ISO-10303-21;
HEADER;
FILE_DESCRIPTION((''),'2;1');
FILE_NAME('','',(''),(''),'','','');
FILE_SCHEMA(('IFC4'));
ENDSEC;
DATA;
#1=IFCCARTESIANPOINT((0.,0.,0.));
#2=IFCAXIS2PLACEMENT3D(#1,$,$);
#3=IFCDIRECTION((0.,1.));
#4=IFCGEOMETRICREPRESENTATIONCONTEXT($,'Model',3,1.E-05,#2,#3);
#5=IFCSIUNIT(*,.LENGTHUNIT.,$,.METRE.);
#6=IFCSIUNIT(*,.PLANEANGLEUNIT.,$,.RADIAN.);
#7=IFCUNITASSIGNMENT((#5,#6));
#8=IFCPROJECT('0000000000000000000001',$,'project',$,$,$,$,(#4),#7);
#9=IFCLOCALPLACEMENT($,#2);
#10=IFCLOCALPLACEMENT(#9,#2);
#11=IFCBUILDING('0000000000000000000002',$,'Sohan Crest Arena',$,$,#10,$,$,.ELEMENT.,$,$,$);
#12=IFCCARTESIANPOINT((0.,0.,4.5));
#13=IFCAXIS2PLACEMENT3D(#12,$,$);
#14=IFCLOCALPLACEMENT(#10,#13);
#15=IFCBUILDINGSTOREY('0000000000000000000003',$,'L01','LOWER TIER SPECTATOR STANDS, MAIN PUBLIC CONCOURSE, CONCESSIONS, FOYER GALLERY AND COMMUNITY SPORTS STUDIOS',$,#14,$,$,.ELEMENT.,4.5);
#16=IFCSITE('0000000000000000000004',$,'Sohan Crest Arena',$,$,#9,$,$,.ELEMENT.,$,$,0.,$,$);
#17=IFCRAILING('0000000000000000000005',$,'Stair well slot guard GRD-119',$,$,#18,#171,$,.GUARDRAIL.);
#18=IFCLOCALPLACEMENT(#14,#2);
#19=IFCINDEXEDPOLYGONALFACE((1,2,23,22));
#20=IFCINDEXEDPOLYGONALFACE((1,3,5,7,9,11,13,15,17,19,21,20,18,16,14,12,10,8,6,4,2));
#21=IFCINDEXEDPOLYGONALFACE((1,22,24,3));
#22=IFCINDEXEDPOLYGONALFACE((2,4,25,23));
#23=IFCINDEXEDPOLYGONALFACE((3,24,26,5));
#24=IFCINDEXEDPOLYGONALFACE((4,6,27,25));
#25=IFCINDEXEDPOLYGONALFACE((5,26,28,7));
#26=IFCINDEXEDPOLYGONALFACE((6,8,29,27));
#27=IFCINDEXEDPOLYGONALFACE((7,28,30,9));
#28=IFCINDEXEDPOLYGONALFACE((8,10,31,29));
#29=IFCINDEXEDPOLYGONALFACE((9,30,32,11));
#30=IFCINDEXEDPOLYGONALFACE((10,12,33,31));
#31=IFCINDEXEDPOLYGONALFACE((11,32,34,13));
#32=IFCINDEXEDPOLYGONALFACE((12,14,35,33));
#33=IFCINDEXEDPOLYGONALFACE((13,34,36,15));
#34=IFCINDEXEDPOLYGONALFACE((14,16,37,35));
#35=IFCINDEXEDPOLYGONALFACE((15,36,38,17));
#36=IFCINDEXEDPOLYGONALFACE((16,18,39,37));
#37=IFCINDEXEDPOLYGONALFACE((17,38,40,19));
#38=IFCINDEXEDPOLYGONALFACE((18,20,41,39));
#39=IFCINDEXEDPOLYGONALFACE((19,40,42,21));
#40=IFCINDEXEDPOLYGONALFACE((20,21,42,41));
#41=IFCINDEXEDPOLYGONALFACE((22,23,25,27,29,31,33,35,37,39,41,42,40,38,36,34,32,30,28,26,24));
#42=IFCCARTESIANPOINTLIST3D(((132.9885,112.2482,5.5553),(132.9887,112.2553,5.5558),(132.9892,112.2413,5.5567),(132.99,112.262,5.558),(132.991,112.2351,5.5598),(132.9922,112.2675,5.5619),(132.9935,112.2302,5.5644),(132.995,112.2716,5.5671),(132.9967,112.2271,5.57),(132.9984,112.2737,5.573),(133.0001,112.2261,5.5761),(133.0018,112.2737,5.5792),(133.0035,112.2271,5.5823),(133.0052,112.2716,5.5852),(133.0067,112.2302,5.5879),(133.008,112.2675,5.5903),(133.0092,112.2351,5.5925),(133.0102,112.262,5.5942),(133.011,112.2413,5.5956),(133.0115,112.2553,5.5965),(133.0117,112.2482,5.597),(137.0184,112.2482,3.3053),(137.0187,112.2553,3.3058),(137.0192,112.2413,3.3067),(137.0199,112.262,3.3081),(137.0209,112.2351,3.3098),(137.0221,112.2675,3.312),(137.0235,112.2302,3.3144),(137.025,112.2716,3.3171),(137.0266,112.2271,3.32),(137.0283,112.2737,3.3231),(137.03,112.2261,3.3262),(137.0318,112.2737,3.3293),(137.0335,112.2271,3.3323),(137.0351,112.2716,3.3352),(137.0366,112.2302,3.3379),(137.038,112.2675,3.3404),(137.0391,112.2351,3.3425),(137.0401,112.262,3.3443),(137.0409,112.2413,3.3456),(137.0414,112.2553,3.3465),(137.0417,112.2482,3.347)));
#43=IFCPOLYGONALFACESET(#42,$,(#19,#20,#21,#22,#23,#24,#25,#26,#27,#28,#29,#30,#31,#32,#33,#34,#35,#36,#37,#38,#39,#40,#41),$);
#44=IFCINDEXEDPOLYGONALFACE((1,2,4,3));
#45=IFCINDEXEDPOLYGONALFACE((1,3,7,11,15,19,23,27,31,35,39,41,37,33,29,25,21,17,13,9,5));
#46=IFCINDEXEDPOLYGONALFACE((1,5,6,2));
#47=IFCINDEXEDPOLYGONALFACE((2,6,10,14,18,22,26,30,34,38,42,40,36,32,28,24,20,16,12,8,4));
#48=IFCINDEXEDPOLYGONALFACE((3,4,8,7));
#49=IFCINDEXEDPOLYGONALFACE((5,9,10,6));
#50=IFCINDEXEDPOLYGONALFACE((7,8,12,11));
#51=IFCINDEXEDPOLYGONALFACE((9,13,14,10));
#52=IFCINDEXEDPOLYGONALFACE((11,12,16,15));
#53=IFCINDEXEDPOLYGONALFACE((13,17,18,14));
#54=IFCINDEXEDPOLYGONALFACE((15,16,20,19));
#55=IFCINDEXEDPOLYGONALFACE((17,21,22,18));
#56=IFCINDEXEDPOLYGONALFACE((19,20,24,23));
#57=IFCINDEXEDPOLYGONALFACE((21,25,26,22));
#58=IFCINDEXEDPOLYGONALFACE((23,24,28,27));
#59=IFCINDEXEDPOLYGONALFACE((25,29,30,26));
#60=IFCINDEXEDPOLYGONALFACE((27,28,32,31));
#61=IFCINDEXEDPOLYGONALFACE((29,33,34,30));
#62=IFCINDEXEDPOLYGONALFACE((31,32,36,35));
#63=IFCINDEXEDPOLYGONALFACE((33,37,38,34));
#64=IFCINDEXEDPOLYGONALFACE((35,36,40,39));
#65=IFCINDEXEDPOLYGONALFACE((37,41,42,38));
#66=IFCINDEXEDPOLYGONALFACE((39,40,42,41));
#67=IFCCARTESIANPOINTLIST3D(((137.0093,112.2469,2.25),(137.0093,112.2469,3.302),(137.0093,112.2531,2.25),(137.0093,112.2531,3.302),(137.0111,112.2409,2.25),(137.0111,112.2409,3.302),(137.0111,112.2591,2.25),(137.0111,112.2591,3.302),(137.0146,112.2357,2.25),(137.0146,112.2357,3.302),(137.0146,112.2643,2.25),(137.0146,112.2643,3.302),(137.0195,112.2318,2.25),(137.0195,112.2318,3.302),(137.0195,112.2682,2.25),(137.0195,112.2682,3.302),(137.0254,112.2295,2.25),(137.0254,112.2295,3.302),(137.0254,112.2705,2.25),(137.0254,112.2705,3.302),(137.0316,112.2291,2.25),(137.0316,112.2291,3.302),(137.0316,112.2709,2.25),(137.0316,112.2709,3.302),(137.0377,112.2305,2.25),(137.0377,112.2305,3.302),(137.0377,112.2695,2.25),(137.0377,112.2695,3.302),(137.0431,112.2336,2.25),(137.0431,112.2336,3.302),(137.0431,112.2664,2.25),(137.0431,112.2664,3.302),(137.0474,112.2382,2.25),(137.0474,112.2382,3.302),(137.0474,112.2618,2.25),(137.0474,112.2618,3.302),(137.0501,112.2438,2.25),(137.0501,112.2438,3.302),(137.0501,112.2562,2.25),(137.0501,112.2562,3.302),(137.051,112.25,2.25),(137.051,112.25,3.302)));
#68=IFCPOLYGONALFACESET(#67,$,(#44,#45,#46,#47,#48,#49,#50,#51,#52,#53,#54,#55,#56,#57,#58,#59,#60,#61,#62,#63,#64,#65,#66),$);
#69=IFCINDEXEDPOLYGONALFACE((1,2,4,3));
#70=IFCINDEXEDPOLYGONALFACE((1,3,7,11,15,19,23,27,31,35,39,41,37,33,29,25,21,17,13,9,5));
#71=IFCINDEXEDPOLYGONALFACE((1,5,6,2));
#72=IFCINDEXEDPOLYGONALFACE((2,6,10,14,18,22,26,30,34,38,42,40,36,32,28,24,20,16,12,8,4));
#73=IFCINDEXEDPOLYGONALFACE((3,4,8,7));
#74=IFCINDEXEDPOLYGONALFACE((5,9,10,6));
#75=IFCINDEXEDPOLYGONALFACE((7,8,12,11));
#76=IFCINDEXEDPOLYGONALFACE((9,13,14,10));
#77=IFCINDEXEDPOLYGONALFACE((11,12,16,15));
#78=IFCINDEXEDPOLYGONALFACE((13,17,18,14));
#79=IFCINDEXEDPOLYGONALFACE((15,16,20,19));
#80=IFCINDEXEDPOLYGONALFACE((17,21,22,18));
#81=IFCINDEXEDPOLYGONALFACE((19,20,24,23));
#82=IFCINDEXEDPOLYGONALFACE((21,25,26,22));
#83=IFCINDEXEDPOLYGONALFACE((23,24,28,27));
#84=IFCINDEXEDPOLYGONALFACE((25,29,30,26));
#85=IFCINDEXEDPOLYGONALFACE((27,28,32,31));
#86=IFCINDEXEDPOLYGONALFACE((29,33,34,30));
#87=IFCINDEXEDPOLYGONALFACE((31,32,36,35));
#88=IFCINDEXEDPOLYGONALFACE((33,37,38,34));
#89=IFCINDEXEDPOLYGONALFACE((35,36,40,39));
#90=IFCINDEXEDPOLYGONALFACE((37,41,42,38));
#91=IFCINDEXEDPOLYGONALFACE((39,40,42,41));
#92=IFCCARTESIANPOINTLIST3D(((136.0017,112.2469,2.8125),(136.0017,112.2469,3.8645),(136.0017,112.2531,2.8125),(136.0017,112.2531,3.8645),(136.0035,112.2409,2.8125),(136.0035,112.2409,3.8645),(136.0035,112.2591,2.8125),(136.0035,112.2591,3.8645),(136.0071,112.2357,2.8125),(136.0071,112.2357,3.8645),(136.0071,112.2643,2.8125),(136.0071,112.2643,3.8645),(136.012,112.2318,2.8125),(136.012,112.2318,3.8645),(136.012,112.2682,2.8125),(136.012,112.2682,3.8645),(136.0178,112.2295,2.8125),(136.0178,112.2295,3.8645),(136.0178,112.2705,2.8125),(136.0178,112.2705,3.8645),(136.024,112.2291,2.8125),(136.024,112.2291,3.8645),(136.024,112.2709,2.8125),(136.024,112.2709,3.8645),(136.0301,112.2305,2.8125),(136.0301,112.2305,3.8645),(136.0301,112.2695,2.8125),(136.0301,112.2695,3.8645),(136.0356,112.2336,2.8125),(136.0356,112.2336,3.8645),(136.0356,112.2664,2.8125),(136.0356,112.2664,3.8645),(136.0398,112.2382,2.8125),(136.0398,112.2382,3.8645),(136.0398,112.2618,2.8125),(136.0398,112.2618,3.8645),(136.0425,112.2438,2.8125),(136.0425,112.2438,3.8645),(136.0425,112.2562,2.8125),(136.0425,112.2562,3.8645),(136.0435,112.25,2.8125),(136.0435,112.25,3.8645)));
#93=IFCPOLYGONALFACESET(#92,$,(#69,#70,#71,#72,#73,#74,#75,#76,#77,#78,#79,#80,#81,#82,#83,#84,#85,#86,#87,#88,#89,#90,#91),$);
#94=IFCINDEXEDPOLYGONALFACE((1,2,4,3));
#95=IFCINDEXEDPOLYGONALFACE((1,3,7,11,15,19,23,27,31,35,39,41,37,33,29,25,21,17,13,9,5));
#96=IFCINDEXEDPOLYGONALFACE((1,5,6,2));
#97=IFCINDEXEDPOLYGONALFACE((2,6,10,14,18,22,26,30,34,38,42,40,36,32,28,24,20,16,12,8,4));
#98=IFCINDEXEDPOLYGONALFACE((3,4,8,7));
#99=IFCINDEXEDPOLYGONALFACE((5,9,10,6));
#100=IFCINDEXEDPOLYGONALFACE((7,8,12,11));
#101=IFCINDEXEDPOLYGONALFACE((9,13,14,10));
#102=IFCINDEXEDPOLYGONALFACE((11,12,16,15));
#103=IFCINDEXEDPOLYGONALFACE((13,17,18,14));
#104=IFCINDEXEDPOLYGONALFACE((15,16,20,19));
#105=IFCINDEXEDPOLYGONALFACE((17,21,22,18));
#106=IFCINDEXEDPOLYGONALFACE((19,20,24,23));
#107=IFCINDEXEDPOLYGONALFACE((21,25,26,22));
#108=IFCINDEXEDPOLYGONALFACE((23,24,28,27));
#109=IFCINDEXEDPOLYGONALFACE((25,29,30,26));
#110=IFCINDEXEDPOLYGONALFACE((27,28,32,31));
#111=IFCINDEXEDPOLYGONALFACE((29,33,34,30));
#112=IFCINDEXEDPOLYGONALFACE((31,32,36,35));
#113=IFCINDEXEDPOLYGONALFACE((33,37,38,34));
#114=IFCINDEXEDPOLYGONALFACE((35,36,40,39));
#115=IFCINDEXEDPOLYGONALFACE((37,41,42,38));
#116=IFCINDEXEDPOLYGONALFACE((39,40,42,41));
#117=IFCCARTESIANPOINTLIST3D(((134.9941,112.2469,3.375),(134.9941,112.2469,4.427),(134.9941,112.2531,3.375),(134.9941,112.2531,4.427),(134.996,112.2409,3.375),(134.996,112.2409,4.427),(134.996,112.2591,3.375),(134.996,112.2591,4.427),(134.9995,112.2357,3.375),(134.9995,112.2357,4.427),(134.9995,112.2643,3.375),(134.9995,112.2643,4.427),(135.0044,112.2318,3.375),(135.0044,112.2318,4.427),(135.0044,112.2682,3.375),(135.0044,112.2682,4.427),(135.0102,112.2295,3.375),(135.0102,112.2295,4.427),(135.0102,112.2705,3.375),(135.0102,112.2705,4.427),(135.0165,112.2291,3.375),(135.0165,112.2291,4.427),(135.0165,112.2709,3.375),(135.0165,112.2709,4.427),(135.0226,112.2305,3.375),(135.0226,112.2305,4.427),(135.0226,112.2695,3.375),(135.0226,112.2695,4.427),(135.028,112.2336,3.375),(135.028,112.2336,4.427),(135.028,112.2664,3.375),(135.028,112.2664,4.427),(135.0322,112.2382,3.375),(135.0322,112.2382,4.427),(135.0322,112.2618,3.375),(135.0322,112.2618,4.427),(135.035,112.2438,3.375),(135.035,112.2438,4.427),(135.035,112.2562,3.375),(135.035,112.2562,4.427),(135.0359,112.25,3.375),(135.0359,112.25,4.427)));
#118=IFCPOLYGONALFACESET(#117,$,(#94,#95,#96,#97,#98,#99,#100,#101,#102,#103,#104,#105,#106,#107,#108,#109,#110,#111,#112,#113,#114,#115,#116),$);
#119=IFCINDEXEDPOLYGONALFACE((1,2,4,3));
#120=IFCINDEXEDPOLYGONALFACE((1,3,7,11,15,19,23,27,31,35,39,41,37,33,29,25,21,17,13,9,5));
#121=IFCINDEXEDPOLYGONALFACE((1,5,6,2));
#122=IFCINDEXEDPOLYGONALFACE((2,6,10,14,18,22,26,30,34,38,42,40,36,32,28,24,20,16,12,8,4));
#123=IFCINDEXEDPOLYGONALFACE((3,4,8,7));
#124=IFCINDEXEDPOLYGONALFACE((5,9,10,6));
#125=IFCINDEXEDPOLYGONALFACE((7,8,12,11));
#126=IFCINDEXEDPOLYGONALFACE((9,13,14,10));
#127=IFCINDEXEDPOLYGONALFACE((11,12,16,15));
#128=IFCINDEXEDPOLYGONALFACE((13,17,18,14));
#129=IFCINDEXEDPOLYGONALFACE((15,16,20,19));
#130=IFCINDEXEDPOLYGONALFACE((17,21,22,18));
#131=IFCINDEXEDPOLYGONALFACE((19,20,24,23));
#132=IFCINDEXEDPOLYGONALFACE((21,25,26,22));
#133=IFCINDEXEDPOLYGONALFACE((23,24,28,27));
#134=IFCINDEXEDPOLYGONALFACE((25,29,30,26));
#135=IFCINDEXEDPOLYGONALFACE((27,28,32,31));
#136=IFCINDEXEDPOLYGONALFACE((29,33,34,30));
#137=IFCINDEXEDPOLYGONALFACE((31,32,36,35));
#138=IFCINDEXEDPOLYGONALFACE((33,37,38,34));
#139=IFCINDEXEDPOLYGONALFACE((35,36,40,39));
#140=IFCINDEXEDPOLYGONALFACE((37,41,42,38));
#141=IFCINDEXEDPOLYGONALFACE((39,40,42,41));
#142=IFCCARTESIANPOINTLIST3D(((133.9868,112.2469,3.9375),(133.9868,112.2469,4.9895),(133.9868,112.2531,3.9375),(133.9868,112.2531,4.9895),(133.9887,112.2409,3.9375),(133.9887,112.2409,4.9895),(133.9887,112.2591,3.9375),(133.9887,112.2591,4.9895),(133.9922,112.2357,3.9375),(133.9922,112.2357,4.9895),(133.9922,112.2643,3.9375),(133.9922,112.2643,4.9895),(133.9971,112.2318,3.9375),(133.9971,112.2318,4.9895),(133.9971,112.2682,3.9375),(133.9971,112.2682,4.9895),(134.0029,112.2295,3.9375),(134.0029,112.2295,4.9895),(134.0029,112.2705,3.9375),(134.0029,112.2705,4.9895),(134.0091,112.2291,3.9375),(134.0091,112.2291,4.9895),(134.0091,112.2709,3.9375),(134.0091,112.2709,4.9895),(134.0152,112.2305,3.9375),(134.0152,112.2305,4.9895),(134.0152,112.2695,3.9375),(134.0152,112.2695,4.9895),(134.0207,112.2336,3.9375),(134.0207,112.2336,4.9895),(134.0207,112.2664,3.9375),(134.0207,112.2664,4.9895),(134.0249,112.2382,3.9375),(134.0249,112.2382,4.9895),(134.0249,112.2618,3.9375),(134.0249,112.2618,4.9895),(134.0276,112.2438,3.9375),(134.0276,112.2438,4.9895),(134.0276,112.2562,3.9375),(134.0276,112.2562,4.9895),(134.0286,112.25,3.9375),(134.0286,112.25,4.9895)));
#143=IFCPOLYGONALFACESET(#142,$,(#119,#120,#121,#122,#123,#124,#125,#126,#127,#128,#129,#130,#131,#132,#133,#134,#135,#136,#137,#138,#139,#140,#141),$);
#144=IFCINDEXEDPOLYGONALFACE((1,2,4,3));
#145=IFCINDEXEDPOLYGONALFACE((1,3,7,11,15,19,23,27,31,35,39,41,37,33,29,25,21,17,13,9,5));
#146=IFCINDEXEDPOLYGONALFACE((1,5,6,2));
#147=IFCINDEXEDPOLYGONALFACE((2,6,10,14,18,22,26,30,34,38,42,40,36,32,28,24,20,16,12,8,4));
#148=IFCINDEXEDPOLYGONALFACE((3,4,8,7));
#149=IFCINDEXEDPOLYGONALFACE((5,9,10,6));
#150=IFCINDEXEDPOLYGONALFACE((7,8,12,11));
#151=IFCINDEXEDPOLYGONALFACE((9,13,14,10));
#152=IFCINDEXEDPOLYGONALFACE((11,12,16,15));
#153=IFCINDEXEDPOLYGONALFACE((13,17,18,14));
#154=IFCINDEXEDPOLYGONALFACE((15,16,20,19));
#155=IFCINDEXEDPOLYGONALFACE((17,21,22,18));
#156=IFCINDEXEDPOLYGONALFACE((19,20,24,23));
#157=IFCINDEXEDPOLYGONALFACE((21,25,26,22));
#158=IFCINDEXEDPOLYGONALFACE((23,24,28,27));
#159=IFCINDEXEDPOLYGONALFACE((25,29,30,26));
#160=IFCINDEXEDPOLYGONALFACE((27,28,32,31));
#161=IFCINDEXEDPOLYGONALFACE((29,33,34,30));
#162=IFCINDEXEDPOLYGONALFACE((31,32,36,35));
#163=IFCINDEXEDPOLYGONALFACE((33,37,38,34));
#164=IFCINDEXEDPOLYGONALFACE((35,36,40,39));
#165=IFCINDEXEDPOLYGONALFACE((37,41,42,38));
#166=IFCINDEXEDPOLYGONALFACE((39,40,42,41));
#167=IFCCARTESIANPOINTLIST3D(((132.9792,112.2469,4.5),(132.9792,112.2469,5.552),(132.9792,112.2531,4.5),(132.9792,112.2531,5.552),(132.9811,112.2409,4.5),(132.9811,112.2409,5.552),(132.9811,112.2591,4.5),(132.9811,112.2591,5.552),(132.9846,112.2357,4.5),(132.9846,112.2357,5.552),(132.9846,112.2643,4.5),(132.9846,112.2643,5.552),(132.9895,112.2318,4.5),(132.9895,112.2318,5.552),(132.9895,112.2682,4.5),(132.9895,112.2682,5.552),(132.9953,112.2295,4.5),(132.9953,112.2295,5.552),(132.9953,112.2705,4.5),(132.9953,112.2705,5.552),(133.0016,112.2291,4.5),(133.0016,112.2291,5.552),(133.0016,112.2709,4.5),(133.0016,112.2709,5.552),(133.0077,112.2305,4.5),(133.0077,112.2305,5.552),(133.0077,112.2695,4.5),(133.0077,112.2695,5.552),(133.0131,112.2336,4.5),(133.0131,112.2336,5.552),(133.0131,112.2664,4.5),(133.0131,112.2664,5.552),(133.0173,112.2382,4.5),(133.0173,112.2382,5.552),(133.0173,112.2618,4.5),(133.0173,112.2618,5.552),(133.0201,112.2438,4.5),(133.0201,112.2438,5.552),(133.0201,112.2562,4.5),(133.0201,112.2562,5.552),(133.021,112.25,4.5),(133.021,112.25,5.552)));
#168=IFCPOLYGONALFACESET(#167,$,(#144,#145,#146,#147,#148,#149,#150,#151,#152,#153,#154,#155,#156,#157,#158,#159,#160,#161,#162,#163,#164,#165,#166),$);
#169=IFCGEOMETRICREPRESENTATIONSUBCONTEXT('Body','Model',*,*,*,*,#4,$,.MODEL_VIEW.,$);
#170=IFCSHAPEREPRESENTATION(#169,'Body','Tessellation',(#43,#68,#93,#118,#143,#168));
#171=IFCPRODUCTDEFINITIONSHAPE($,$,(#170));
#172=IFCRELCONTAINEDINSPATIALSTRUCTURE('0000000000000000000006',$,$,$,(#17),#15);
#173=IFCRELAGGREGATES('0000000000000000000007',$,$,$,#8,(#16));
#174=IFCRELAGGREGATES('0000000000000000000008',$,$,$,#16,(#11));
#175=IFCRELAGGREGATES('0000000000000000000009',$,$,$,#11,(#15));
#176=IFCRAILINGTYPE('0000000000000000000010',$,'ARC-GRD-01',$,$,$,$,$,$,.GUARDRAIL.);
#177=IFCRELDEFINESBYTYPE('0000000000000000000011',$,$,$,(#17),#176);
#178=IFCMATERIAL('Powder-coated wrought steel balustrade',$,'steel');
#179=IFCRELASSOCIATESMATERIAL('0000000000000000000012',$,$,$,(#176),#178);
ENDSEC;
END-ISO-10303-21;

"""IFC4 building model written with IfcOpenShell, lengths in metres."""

from ifc_helpers import new_model, si_unit, direction, frame, origin, origin_2d, place, context, subcontext, project, spatial, circle, extrude, material, type_object, element, save


model = new_model("IFC4")

# Units and contexts
model_context = context("Model", 3, precision=1e-05, world=origin(), true_north=direction((0.0, 1.0)))
body_context = subcontext(model_context, "Body", "Model", "MODEL_VIEW")
ifc_project = project(units=[si_unit("LENGTHUNIT", "METRE"), si_unit("PLANEANGLEUNIT", "RADIAN")], contexts=[model_context])

# Site, building, storey
site_placement = place(None, origin())
site = spatial("IfcSite", under=ifc_project, at=site_placement, Name="Sohan Crest Arena", CompositionType="ELEMENT", RefElevation=0.0)
building_placement = place(site_placement, origin())
building = spatial("IfcBuilding", under=site, at=building_placement, Name="Sohan Crest Arena", CompositionType="ELEMENT")
storey_placement = place(building_placement, frame((0.0, 0.0, 4.5)))
storey = spatial("IfcBuildingStorey", under=building, at=storey_placement, Name="L01", Description="LOWER TIER SPECTATOR STANDS, MAIN PUBLIC CONCOURSE, CONCESSIONS, FOYER GALLERY AND COMMUNITY SPORTS STUDIOS", CompositionType="ELEMENT", Elevation=4.5)

# Railing
ifc_material_1 = material(Name="Powder-coated wrought steel balustrade", Category="steel")
railing_type_1 = type_object("IfcRailingType", Name="ARC-GRD-01", PredefinedType="GUARDRAIL", material=ifc_material_1)
railing_1_placement = place(storey_placement, frame((137.03, 112.25, 2.25)))
element("IfcRailing", 1, at=railing_1_placement, inside=storey, type_object=railing_type_1, Name="Stair well slot guard GRD-119", PredefinedType="GUARDRAIL", context=body_context, shape_type="SweptSolid", body=[
    extrude(circle(Radius=0.0239, at=origin_2d()), frame((0.0, 0.0, 1.0762), z_axis=(-0.873135, 0.0, 0.487479), x_axis=(0.0, -1.0, 0.0)), (0.0, 0.0, 1.0), 4.6155),
    extrude(circle(Radius=0.021, at=origin_2d()), origin(), (0.0, 0.0, 1.0), 1.052),
    extrude(circle(Radius=0.021, at=origin_2d()), frame((-1.0076, 0.0, 0.5625)), (0.0, 0.0, 1.0), 1.052),
    extrude(circle(Radius=0.021, at=origin_2d()), frame((-2.0151, 0.0, 1.125)), (0.0, 0.0, 1.0), 1.052),
    extrude(circle(Radius=0.021, at=origin_2d()), frame((-3.0225, 0.0, 1.6875)), (0.0, 0.0, 1.0), 1.052),
    extrude(circle(Radius=0.021, at=origin_2d()), frame((-4.03, 0.0, 2.25)), (0.0, 0.0, 1.0), 1.052),
])

save(model, "model.ifc")
